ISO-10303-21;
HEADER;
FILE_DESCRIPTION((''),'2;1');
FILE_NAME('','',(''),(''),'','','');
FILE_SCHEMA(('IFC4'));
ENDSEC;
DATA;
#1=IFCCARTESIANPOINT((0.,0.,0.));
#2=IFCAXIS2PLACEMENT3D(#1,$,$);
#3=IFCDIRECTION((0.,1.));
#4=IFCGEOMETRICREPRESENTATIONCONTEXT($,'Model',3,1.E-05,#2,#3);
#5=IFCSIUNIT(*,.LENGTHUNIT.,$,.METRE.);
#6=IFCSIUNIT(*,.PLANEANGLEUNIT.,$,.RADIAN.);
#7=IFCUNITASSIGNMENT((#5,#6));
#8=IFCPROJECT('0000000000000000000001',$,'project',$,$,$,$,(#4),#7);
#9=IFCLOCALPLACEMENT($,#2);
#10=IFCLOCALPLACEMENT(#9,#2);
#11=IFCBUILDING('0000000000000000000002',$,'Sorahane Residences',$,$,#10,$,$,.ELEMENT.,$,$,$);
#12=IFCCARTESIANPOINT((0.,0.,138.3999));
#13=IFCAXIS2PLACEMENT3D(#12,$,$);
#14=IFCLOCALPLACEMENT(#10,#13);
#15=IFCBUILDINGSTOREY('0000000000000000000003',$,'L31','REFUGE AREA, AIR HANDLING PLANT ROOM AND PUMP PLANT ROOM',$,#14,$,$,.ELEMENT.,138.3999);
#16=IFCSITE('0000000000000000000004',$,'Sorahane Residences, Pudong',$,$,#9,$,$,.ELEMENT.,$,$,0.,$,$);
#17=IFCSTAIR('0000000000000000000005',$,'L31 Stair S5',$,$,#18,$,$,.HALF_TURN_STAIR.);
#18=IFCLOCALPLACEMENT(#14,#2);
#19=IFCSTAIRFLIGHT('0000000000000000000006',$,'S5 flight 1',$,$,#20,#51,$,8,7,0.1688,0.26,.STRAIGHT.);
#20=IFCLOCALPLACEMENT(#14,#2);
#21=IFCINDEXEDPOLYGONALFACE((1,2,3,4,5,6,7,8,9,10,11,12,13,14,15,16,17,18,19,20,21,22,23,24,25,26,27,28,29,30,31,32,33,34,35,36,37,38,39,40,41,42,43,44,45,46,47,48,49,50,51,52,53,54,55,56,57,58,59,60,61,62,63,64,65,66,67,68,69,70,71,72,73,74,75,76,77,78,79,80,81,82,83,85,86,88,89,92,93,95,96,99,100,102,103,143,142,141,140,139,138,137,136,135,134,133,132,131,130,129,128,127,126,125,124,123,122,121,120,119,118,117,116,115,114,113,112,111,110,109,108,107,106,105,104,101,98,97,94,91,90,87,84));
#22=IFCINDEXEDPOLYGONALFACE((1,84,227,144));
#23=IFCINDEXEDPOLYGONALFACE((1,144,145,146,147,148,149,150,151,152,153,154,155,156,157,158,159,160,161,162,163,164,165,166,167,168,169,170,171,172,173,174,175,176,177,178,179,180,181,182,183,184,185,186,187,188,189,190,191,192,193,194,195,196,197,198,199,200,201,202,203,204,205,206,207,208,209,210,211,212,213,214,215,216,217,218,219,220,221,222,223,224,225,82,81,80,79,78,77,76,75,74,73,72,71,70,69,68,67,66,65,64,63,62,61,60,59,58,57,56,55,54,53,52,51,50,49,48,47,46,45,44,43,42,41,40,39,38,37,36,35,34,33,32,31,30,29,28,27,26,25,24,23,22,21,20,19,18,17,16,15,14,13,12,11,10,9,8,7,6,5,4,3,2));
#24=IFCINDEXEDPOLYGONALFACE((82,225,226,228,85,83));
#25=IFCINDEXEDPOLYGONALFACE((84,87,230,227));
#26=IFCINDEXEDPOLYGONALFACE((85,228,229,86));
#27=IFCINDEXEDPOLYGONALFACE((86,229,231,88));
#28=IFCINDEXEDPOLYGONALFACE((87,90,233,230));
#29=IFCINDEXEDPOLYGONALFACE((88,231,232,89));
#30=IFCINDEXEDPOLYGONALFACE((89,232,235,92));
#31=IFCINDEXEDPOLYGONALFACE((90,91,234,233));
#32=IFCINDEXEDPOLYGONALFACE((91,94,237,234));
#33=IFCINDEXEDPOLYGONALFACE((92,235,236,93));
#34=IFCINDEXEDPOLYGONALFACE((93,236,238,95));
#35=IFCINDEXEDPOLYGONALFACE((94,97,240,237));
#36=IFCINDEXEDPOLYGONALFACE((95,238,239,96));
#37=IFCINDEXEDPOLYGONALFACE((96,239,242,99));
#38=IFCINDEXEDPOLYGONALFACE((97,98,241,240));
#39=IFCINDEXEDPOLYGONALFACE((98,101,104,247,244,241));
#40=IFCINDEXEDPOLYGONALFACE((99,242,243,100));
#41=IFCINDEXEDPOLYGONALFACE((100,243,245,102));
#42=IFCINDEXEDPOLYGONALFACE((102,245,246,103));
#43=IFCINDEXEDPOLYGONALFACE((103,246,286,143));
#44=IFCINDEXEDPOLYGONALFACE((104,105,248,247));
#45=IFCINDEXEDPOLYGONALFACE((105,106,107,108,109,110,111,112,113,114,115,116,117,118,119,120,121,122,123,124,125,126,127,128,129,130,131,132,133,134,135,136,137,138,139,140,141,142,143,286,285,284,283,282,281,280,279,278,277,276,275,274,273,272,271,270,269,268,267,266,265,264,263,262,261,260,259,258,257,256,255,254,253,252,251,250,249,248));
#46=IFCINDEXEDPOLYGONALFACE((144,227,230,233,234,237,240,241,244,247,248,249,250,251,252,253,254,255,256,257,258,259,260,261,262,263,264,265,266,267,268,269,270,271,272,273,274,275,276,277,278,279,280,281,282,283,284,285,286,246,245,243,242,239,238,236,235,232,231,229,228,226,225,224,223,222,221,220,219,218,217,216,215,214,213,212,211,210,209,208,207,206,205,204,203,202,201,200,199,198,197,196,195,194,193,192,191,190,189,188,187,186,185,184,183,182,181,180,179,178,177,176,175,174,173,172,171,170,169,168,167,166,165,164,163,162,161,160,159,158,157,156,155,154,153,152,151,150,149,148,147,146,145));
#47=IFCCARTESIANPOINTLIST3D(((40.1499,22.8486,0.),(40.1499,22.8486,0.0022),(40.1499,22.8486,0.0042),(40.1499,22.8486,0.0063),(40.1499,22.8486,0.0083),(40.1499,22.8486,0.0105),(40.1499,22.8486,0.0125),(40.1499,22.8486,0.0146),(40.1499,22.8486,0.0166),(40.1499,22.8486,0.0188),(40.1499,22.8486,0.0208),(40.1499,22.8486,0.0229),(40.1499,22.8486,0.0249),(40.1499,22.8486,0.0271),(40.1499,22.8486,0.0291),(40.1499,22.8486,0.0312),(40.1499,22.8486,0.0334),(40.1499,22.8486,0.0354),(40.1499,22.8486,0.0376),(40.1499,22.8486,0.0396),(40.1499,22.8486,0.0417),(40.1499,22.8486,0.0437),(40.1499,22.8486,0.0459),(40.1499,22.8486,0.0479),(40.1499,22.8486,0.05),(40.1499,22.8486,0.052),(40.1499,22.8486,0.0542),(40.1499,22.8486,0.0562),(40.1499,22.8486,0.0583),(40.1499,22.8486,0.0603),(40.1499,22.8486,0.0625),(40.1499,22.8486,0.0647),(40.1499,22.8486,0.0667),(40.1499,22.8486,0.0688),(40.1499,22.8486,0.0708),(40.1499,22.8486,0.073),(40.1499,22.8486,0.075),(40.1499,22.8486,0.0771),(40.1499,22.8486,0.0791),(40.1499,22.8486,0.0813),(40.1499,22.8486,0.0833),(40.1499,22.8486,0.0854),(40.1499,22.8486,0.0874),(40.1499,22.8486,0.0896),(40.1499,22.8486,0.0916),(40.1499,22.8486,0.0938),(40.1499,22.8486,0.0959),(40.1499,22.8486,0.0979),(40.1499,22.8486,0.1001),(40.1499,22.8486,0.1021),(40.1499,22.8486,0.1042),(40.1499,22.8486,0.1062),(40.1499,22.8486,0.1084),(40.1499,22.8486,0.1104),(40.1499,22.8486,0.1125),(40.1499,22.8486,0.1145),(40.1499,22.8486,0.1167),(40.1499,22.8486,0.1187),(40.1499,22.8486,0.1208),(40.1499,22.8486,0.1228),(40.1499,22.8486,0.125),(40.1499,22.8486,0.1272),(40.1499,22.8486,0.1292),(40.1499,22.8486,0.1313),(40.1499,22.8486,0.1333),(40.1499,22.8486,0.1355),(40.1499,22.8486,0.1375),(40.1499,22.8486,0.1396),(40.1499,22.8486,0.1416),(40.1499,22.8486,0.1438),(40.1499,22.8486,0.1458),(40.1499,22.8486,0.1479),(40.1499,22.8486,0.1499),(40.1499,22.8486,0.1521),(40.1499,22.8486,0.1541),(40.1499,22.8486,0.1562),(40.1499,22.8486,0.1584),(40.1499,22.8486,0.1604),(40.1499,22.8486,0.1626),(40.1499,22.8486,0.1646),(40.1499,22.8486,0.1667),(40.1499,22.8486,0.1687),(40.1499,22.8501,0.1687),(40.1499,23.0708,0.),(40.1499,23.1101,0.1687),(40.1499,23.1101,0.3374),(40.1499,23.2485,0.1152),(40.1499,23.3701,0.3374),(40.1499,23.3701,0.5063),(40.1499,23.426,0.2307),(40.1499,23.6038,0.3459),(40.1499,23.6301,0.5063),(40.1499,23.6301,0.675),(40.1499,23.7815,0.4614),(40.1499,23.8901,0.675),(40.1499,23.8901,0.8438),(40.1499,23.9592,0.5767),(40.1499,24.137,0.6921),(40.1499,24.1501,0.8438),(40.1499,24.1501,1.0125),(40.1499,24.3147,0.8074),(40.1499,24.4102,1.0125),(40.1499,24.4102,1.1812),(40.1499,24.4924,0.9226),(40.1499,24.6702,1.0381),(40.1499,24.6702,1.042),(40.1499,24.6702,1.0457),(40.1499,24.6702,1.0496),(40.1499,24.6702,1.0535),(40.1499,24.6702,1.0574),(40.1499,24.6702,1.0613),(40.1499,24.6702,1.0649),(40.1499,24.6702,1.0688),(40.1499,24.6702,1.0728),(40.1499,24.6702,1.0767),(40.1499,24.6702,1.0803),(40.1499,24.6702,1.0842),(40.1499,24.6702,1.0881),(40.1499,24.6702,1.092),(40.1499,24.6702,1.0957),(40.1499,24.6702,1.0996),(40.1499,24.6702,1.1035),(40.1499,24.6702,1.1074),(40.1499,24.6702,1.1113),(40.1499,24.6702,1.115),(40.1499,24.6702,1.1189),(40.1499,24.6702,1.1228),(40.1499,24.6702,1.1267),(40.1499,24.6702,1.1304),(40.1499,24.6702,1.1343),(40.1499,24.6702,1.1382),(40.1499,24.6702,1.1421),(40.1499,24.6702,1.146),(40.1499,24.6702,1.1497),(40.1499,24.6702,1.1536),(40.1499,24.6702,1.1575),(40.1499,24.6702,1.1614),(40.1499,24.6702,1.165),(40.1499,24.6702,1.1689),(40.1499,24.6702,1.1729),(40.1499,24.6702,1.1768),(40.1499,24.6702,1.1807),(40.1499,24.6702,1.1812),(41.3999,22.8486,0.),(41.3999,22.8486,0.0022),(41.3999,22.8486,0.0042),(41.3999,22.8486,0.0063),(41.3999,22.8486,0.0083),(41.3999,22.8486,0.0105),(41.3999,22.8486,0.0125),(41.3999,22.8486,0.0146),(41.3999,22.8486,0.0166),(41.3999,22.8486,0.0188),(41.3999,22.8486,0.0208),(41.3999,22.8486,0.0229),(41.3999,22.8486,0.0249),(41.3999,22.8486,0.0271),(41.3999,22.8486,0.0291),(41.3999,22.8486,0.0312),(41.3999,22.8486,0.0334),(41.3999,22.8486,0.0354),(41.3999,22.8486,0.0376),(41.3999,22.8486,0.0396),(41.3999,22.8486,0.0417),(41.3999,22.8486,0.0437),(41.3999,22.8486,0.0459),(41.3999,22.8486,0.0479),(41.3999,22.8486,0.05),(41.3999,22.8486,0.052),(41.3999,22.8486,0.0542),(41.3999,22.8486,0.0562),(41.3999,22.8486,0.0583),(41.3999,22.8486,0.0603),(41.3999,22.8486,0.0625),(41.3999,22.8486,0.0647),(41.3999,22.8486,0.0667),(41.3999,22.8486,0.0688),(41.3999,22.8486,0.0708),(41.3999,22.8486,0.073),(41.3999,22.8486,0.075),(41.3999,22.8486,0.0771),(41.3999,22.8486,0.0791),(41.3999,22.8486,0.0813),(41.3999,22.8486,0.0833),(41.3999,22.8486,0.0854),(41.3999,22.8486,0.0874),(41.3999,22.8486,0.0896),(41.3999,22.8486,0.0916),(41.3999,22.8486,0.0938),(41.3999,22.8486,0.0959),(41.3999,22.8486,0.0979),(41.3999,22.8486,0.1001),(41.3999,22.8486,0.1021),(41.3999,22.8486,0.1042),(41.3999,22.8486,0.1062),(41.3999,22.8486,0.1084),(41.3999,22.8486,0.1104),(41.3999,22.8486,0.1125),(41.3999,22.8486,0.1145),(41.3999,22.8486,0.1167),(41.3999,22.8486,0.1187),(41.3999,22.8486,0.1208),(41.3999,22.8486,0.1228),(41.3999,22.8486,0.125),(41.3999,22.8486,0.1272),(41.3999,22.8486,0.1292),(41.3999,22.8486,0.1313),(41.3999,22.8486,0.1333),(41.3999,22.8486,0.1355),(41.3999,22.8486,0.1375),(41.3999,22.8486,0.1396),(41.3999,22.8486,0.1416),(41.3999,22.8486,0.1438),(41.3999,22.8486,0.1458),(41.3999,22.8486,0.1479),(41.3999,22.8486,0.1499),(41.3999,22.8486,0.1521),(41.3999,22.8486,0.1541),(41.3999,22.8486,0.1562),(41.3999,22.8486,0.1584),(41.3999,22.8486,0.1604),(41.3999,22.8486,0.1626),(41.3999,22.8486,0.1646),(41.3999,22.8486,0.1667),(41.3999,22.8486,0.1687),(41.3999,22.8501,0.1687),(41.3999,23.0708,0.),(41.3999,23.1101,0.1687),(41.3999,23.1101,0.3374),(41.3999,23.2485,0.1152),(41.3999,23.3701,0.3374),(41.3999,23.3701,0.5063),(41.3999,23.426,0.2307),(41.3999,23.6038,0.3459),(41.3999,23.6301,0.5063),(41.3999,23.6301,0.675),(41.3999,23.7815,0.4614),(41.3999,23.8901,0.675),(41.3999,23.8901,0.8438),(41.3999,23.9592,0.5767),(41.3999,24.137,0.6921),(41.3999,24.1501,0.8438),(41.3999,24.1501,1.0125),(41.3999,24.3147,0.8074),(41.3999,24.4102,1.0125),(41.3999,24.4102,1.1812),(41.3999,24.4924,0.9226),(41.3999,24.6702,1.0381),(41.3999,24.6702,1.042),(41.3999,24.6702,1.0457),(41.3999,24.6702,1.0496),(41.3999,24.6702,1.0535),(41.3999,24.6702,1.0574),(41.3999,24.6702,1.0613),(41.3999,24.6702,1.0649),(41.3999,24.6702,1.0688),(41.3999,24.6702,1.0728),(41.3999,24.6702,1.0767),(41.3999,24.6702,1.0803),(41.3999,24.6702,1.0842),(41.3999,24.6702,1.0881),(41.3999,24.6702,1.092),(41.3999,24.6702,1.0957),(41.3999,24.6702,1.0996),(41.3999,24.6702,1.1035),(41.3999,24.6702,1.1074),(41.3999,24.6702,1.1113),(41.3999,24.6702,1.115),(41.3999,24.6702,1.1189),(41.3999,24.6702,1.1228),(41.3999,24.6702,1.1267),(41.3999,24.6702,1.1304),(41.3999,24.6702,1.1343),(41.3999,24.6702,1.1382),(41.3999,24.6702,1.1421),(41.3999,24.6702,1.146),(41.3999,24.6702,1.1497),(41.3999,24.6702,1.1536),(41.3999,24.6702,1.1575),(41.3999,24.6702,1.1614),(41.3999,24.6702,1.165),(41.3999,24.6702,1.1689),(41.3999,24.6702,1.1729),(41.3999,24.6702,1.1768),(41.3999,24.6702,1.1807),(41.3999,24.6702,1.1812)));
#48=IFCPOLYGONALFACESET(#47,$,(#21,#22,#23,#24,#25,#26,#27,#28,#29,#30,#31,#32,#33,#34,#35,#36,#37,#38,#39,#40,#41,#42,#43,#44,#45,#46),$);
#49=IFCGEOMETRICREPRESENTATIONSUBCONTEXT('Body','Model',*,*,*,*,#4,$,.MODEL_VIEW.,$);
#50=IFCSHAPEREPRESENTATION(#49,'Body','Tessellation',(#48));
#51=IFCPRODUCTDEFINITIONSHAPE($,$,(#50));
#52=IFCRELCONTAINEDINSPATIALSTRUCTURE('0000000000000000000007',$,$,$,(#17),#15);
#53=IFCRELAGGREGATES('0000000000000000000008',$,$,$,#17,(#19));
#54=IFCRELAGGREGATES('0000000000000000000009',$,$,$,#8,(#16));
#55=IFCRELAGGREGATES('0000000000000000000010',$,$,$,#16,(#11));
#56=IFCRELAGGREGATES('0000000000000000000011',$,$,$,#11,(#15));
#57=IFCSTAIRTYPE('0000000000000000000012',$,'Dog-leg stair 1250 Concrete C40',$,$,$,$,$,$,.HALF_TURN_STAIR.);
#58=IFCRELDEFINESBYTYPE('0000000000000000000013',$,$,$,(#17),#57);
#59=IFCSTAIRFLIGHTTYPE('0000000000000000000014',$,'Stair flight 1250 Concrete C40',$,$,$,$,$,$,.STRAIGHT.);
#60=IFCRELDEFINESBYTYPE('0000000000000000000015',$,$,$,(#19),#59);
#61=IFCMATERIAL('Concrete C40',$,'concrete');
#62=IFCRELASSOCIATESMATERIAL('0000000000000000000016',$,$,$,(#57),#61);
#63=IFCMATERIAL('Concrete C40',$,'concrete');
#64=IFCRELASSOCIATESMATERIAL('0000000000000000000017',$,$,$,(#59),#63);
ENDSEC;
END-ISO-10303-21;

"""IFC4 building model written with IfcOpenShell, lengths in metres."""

from ifc_helpers import new_model, si_unit, direction, frame, origin, place, context, subcontext, project, spatial, polyline, outline, extrude, material, type_object, element, aggregate, save


model = new_model("IFC4")

# Units and contexts
model_context = context("Model", 3, precision=1e-05, world=origin(), true_north=direction((0.0, 1.0)))
body_context = subcontext(model_context, "Body", "Model", "MODEL_VIEW")
ifc_project = project(units=[si_unit("LENGTHUNIT", "METRE"), si_unit("PLANEANGLEUNIT", "RADIAN")], contexts=[model_context])

# Site, building, storey
site_placement = place(None, origin())
site = spatial("IfcSite", under=ifc_project, at=site_placement, Name="Sorahane Residences, Pudong", CompositionType="ELEMENT", RefElevation=0.0)
building_placement = place(site_placement, origin())
building = spatial("IfcBuilding", under=site, at=building_placement, Name="Sorahane Residences", CompositionType="ELEMENT")
storey_placement = place(building_placement, frame((0.0, 0.0, 138.3999)))
storey = spatial("IfcBuildingStorey", under=building, at=storey_placement, Name="L31", Description="REFUGE AREA, AIR HANDLING PLANT ROOM AND PUMP PLANT ROOM", CompositionType="ELEMENT", Elevation=138.3999)

# Stair, stair flight
ifc_material_1 = material(Name="Concrete C40", Category="concrete")
stair_type = type_object("IfcStairType", Name="Dog-leg stair 1250 Concrete C40", PredefinedType="HALF_TURN_STAIR", material=ifc_material_1)
stair_placement = place(storey_placement, origin())
stair = element("IfcStair", 1, at=stair_placement, inside=storey, type_object=stair_type, Name="L31 Stair S5", PredefinedType="HALF_TURN_STAIR")
ifc_material_2 = material(Name="Concrete C40", Category="concrete")
stair_flight_type = type_object("IfcStairFlightType", Name="Stair flight 1250 Concrete C40", PredefinedType="STRAIGHT", material=ifc_material_2)
stair_flight_1_placement = place(storey_placement, frame((40.7749, 22.8501, 0.0), z_axis=(0.0, 0.0, 1.0), x_axis=(0.0, 1.0, 0.0)))
stair_flight_1 = element("IfcStairFlight", 2, at=stair_flight_1_placement, type_object=stair_flight_type, Name="S5 flight 1", NumberOfRisers=8, NumberOfTreads=7, PredefinedType="STRAIGHT", RiserHeight=0.1688, TreadLength=0.26, context=body_context, shape_type="SweptSolid", body=[
    extrude(outline(polyline([(-0.0015, 0.0), (-0.0015, 0.0022), (-0.0015, 0.0042), (-0.0015, 0.0063), (-0.0015, 0.0083), (-0.0015, 0.0105), (-0.0015, 0.0125), (-0.0015, 0.0146), (-0.0015, 0.0166), (-0.0015, 0.0188), (-0.0015, 0.0208), (-0.0015, 0.0229), (-0.0015, 0.0249), (-0.0015, 0.0271), (-0.0015, 0.0291), (-0.0015, 0.0312), (-0.0015, 0.0334), (-0.0015, 0.0354), (-0.0015, 0.0376), (-0.0015, 0.0396), (-0.0015, 0.0417), (-0.0015, 0.0437), (-0.0015, 0.0459), (-0.0015, 0.0479), (-0.0015, 0.05), (-0.0015, 0.052), (-0.0015, 0.0542), (-0.0015, 0.0562), (-0.0015, 0.0583), (-0.0015, 0.0603), (-0.0015, 0.0625), (-0.0015, 0.0647), (-0.0015, 0.0667), (-0.0015, 0.0688), (-0.0015, 0.0708), (-0.0015, 0.073), (-0.0015, 0.075), (-0.0015, 0.0771), (-0.0015, 0.0791), (-0.0015, 0.0813), (-0.0015, 0.0833), (-0.0015, 0.0854), (-0.0015, 0.0874), (-0.0015, 0.0896), (-0.0015, 0.0916), (-0.0015, 0.0938), (-0.0015, 0.0959), (-0.0015, 0.0979), (-0.0015, 0.1001), (-0.0015, 0.1021), (-0.0015, 0.1042), (-0.0015, 0.1062), (-0.0015, 0.1084), (-0.0015, 0.1104), (-0.0015, 0.1125), (-0.0015, 0.1145), (-0.0015, 0.1167), (-0.0015, 0.1187), (-0.0015, 0.1208), (-0.0015, 0.1228), (-0.0015, 0.125), (-0.0015, 0.1272), (-0.0015, 0.1292), (-0.0015, 0.1313), (-0.0015, 0.1333), (-0.0015, 0.1355), (-0.0015, 0.1375), (-0.0015, 0.1396), (-0.0015, 0.1416), (-0.0015, 0.1438), (-0.0015, 0.1458), (-0.0015, 0.1479), (-0.0015, 0.1499), (-0.0015, 0.1521), (-0.0015, 0.1541), (-0.0015, 0.1562), (-0.0015, 0.1584), (-0.0015, 0.1604), (-0.0015, 0.1626), (-0.0015, 0.1646), (-0.0015, 0.1667), (-0.0015, 0.1687), (0.0, 0.1687), (0.26, 0.1687), (0.26, 0.3374), (0.52, 0.3374), (0.52, 0.5063), (0.78, 0.5063), (0.78, 0.675), (1.04, 0.675), (1.04, 0.8438), (1.3, 0.8438), (1.3, 1.0125), (1.5601, 1.0125), (1.5601, 1.1812), (1.8201, 1.1812), (1.8201, 1.3501), (1.8201, 1.3462), (1.8201, 1.3423), (1.8201, 1.3384), (1.8201, 1.3347), (1.8201, 1.3308), (1.8201, 1.3269), (1.8201, 1.323), (1.8201, 1.3191), (1.8201, 1.3154), (1.8201, 1.3115), (1.8201, 1.3076), (1.8201, 1.3037), (1.8201, 1.3), (1.8201, 1.2961), (1.8201, 1.2922), (1.8201, 1.2883), (1.8201, 1.2844), (1.8201, 1.2808), (1.8201, 1.2769), (1.8201, 1.2729), (1.8201, 1.269), (1.8201, 1.2654), (1.8201, 1.2615), (1.8201, 1.2576), (1.8201, 1.2537), (1.8201, 1.2498), (1.8201, 1.2461), (1.8201, 1.2422), (1.8201, 1.2383), (1.8201, 1.2344), (1.8201, 1.2307), (1.8201, 1.2268), (1.8201, 1.2229), (1.8201, 1.219), (1.8201, 1.2151), (1.8201, 1.2114), (1.8201, 1.2075), (1.8201, 1.2036), (1.8201, 1.1997), (1.8201, 1.196), (1.8201, 1.1921), (1.8201, 1.1882), (1.8201, 1.1843), (1.8201, 1.1807), (1.8201, 1.1768), (1.8201, 1.1729), (1.8201, 1.1689), (1.8201, 1.165), (1.8201, 1.1614), (1.8201, 1.1575), (1.8201, 1.1536), (1.8201, 1.1497), (1.8201, 1.146), (1.8201, 1.1421), (1.8201, 1.1382), (1.8201, 1.1343), (1.8201, 1.1304), (1.8201, 1.1267), (1.8201, 1.1228), (1.8201, 1.1189), (1.8201, 1.115), (1.8201, 1.1113), (1.8201, 1.1074), (1.8201, 1.1035), (1.8201, 1.0996), (1.8201, 1.0957), (1.8201, 1.092), (1.8201, 1.0881), (1.8201, 1.0842), (1.8201, 1.0803), (1.8201, 1.0767), (1.8201, 1.0728), (1.8201, 1.0688), (1.8201, 1.0649), (1.8201, 1.0613), (1.8201, 1.0574), (1.8201, 1.0535), (1.8201, 1.0496), (1.8201, 1.0457), (1.8201, 1.042), (1.8201, 1.0381), (1.6423, 0.9226), (1.4646, 0.8074), (1.2869, 0.6921), (1.1091, 0.5767), (0.9314, 0.4614), (0.7537, 0.3459), (0.5759, 0.2307), (0.3984, 0.1152), (0.2207, 0.0), (-0.0015, 0.0)])), frame((0.0, 0.625, 0.0), z_axis=(0.0, -1.0, 0.0), x_axis=(1.0, 0.0, 0.0)), (0.0, 0.0, 1.0), 1.25),
])
aggregate(stair, [stair_flight_1])

save(model, "model.ifc")
